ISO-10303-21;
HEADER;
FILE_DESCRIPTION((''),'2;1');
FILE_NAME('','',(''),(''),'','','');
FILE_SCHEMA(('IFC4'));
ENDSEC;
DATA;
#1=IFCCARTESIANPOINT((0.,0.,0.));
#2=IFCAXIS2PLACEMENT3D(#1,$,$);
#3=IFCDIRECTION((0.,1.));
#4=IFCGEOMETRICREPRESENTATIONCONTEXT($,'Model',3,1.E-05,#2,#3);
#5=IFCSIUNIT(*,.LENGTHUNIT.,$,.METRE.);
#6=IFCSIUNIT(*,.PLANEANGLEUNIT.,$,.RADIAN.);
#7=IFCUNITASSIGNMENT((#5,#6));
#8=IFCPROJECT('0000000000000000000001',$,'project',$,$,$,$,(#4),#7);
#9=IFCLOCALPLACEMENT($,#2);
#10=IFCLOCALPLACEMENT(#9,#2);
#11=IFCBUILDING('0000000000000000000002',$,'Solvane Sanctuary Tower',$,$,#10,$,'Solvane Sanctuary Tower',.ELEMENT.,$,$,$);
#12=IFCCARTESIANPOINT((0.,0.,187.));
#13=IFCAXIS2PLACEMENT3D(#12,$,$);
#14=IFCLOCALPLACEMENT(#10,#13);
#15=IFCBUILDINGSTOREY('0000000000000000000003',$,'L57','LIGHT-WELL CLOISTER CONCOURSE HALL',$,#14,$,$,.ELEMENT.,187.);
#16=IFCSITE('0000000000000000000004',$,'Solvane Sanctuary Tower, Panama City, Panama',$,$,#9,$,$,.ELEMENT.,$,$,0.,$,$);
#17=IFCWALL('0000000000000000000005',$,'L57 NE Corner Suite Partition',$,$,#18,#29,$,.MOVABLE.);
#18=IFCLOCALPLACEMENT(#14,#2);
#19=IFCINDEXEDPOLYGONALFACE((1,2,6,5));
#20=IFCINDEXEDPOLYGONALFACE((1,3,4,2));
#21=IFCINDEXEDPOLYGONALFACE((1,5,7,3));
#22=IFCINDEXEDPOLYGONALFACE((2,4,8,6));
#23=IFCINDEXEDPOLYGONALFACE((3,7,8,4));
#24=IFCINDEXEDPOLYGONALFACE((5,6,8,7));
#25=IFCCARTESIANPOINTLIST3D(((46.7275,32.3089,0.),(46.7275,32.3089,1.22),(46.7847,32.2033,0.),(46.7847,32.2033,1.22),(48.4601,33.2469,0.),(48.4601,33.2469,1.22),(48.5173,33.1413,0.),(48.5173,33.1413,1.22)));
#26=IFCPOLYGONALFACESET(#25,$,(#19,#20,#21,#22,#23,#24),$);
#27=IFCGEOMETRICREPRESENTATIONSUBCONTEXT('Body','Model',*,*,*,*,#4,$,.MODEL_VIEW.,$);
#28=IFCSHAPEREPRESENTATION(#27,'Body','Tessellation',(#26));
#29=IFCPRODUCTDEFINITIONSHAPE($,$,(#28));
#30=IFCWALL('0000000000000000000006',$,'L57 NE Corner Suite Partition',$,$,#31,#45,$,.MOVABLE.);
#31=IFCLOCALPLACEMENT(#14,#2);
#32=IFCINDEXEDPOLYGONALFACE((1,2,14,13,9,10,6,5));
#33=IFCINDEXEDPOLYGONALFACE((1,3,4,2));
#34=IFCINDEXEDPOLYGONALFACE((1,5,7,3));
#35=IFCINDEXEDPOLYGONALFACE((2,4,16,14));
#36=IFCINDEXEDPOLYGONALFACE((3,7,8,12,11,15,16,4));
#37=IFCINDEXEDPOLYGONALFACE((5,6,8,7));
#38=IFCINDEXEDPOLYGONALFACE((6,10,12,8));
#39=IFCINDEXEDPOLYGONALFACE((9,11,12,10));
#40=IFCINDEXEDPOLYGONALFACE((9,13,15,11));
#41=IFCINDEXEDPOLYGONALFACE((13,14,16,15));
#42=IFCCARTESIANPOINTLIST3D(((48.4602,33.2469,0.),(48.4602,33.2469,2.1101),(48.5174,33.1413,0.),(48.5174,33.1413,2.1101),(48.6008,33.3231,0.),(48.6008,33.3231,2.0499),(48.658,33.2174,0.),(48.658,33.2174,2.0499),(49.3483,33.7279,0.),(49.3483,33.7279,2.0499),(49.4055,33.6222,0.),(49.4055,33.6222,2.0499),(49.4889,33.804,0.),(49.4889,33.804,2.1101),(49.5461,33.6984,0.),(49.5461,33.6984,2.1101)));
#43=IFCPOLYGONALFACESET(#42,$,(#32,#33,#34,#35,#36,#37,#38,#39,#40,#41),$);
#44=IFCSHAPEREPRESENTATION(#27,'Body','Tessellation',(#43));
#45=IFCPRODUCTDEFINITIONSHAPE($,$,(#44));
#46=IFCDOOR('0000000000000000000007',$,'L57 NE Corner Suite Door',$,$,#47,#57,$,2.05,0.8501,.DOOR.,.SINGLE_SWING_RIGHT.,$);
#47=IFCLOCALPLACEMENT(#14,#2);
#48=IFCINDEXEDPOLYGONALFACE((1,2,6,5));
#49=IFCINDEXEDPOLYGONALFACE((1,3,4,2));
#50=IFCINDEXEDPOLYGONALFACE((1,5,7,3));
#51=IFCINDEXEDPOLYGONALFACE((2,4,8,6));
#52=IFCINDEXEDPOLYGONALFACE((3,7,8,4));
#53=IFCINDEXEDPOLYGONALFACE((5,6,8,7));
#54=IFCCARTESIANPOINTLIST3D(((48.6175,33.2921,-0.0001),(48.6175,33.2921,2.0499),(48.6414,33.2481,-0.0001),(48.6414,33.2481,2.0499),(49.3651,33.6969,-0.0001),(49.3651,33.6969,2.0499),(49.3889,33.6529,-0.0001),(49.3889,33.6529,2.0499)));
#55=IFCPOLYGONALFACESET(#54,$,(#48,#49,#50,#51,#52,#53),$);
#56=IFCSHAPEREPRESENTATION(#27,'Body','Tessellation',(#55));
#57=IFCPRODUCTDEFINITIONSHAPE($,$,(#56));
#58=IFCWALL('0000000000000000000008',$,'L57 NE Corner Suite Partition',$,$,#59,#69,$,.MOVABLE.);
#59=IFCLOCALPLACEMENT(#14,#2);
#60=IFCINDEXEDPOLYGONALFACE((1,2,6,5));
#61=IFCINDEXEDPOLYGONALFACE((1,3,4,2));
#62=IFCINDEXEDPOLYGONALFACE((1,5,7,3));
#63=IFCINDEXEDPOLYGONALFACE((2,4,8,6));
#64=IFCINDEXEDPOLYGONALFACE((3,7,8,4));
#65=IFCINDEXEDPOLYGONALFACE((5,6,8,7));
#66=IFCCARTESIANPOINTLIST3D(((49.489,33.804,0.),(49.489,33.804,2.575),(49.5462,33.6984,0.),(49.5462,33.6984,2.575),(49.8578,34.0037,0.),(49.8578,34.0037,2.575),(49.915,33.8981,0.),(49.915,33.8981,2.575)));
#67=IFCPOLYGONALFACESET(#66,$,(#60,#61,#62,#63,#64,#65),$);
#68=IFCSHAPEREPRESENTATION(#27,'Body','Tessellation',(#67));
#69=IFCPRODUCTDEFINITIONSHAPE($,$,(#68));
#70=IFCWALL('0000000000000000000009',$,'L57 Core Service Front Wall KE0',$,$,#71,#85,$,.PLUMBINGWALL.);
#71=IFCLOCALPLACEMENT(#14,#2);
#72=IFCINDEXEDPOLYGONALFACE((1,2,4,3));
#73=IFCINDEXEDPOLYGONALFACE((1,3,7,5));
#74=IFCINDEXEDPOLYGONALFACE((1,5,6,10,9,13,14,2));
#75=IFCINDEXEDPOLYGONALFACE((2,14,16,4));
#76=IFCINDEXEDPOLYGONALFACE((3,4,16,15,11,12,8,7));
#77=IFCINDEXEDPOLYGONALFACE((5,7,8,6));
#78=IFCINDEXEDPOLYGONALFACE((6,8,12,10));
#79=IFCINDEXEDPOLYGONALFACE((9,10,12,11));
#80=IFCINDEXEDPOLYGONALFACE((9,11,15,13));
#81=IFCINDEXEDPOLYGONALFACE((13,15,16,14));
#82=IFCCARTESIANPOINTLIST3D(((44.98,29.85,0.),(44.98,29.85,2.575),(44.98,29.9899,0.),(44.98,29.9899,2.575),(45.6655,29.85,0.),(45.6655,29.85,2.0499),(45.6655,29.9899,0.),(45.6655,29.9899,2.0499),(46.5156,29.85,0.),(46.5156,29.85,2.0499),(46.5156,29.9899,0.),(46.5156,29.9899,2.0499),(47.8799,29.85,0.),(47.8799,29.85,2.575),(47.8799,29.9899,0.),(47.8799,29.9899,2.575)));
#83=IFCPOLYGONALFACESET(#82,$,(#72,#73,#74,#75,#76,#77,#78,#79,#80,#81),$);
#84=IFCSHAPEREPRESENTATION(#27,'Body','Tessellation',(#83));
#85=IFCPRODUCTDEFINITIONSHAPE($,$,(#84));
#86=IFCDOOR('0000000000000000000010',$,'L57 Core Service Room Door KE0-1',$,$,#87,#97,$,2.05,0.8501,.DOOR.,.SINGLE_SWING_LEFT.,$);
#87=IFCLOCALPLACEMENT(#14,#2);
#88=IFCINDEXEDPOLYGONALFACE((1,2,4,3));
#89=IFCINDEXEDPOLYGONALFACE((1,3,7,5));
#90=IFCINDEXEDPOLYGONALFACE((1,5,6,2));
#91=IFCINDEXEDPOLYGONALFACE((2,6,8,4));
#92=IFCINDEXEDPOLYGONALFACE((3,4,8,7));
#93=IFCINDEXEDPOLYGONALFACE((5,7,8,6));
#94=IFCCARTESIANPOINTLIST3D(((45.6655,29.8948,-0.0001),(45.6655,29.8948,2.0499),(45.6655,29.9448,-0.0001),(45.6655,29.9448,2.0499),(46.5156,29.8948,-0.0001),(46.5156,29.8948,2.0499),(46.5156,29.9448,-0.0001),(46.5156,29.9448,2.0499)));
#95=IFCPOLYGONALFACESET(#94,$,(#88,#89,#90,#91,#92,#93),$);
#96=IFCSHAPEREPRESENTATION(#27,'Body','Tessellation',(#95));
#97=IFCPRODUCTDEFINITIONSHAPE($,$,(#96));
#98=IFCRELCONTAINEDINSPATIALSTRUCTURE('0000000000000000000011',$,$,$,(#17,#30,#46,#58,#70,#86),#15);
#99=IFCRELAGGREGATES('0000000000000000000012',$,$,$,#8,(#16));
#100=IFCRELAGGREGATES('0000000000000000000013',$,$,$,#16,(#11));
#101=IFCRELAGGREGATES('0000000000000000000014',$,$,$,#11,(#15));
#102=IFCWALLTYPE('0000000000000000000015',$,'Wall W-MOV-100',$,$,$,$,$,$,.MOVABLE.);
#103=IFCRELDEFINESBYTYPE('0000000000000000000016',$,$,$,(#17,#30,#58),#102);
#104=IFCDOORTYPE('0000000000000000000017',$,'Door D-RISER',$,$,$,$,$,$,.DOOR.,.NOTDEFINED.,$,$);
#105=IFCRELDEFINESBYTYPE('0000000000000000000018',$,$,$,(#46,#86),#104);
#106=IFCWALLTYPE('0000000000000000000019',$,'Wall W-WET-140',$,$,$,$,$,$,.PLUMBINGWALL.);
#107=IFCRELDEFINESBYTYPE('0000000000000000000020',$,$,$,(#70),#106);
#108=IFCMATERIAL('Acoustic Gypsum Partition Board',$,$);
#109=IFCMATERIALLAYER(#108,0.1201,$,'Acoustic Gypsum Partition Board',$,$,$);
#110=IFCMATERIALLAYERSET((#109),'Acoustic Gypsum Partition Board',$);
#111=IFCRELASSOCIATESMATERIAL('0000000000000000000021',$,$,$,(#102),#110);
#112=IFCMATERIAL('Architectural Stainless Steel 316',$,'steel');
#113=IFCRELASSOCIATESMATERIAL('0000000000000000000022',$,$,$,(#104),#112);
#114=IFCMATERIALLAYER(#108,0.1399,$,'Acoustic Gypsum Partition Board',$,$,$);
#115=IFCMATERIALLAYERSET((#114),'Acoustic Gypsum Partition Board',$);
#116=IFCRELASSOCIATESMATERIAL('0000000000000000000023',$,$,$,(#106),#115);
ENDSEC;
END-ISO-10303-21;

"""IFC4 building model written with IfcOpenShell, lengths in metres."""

from ifc_helpers import new_model, si_unit, direction, frame, frame_2d, origin, place, context, subcontext, project, spatial, rectangle, extrude, material, layer, layer_set, type_object, element, fill, save


model = new_model("IFC4")

# Units and contexts
model_context = context("Model", 3, precision=1e-05, world=origin(), true_north=direction((0.0, 1.0)))
body_context = subcontext(model_context, "Body", "Model", "MODEL_VIEW")
ifc_project = project(units=[si_unit("LENGTHUNIT", "METRE"), si_unit("PLANEANGLEUNIT", "RADIAN")], contexts=[model_context])

# Site, building, storey
site_placement = place(None, origin())
site = spatial("IfcSite", under=ifc_project, at=site_placement, Name="Solvane Sanctuary Tower, Panama City, Panama", CompositionType="ELEMENT", RefElevation=0.0)
building_placement = place(site_placement, origin())
building = spatial("IfcBuilding", under=site, at=building_placement, Name="Solvane Sanctuary Tower", LongName="Solvane Sanctuary Tower", CompositionType="ELEMENT")
storey_placement = place(building_placement, frame((0.0, 0.0, 187.0)))
storey = spatial("IfcBuildingStorey", under=building, at=storey_placement, Name="L57", Description="LIGHT-WELL CLOISTER CONCOURSE HALL", CompositionType="ELEMENT", Elevation=187.0)

# Shared definitions
ifc_material_1 = material(Name="Acoustic Gypsum Partition Board")

# Wall
ifc_layer_1 = layer(ifc_material_1, 0.1201, Name="Acoustic Gypsum Partition Board")
ifc_layer_set_1 = layer_set([ifc_layer_1], Name="Acoustic Gypsum Partition Board")
wall_type_1 = type_object("IfcWallType", Name="Wall W-MOV-100", PredefinedType="MOVABLE", material=ifc_layer_set_1)
wall_1_placement = place(storey_placement, frame((46.7561, 32.2561, 0.0), z_axis=(0.0, 0.0, 1.0), x_axis=(0.879407, 0.476072, 0.0)))
element("IfcWall", 1, at=wall_1_placement, inside=storey, type_object=wall_type_1, Name="L57 NE Corner Suite Partition", PredefinedType="MOVABLE", context=body_context, shape_type="SweptSolid", body=[
    extrude(rectangle(XDim=1.9702, YDim=0.1201, at=frame_2d((0.9851, 0.0))), origin(), (0.0, 0.0, 1.0), 1.22),
])

# Wall, opening, door
wall_2_placement = place(storey_placement, frame((48.4888, 33.1941, 0.0), z_axis=(0.0, 0.0, 1.0), x_axis=(0.879343, 0.476189, 0.0)))
wall_2 = element("IfcWall", 2, at=wall_2_placement, inside=storey, type_object=wall_type_1, Name="L57 NE Corner Suite Partition", PredefinedType="MOVABLE", context=body_context, shape_type="SweptSolid", body=[
    extrude(rectangle(XDim=1.1699, YDim=0.1201, at=frame_2d((0.585, 0.0))), origin(), (0.0, 0.0, 1.0), 2.1101),
])
opening_1_placement = place(wall_2_placement, frame((0.1599, 0.0, 0.0)))
opening_1 = element("IfcOpeningElement", 3, at=opening_1_placement, cuts=wall_2, PredefinedType="OPENING", context=body_context, shape_type="SweptSolid", body=[
    extrude(rectangle(XDim=0.8501, YDim=2.05, at=frame_2d((0.425, 1.0249))), frame((0.0, 0.0701, 0.0), z_axis=(0.0, -1.0, 0.0), x_axis=(1.0, 0.0, 0.0)), (0.0, 0.0, 1.0), 0.1401),
])
ifc_material_2 = material(Name="Architectural Stainless Steel 316", Category="steel")
door_type_1 = type_object("IfcDoorType", Name="Door D-RISER", OperationType="NOTDEFINED", PredefinedType="DOOR", material=ifc_material_2)
door_1_placement = place(opening_1_placement, origin())
door_1 = element("IfcDoor", 4, at=door_1_placement, inside=storey, type_object=door_type_1, Name="L57 NE Corner Suite Door", OperationType="SINGLE_SWING_RIGHT", OverallHeight=2.05, OverallWidth=0.8501, PredefinedType="DOOR", context=body_context, shape_type="SweptSolid", body=[
    extrude(rectangle(XDim=0.8501, YDim=2.05, at=frame_2d((0.425, 1.0249))), frame((0.0, 0.0249, 0.0), z_axis=(0.0, -1.0, 0.0), x_axis=(1.0, 0.0, 0.0)), (0.0, 0.0, 1.0), 0.05),
])
fill(opening_1, door_1)

# Wall
wall_3_placement = place(storey_placement, frame((49.5176, 33.7512, 0.0), z_axis=(0.0, 0.0, 1.0), x_axis=(0.879404, 0.476077, 0.0)))
element("IfcWall", 5, at=wall_3_placement, inside=storey, type_object=wall_type_1, Name="L57 NE Corner Suite Partition", PredefinedType="MOVABLE", context=body_context, shape_type="SweptSolid", body=[
    extrude(rectangle(XDim=0.4194, YDim=0.1201, at=frame_2d((0.2097, 0.0))), origin(), (0.0, 0.0, 1.0), 2.575),
])

# Wall, opening, door
ifc_layer_2 = layer(ifc_material_1, 0.1399, Name="Acoustic Gypsum Partition Board")
ifc_layer_set_2 = layer_set([ifc_layer_2], Name="Acoustic Gypsum Partition Board")
wall_type_2 = type_object("IfcWallType", Name="Wall W-WET-140", PredefinedType="PLUMBINGWALL", material=ifc_layer_set_2)
wall_4_placement = place(storey_placement, frame((44.98, 29.9199, 0.0), z_axis=(0.0, 0.0, 1.0), x_axis=(1.0, 0.0, 0.0)))
wall_4 = element("IfcWall", 6, at=wall_4_placement, inside=storey, type_object=wall_type_2, Name="L57 Core Service Front Wall KE0", PredefinedType="PLUMBINGWALL", context=body_context, shape_type="SweptSolid", body=[
    extrude(rectangle(XDim=2.8999, YDim=0.1399, at=frame_2d((1.45, 0.0))), origin(), (0.0, 0.0, 1.0), 2.575),
])
opening_2_placement = place(wall_4_placement, frame((0.6855, 0.0, 0.0)))
opening_2 = element("IfcOpeningElement", 7, at=opening_2_placement, cuts=wall_4, PredefinedType="OPENING", context=body_context, shape_type="SweptSolid", body=[
    extrude(rectangle(XDim=0.8501, YDim=2.05, at=frame_2d((0.425, 1.0249))), frame((0.0, 0.0798, 0.0), z_axis=(0.0, -1.0, 0.0), x_axis=(1.0, 0.0, 0.0)), (0.0, 0.0, 1.0), 0.1599),
])
door_2_placement = place(opening_2_placement, origin())
door_2 = element("IfcDoor", 8, at=door_2_placement, inside=storey, type_object=door_type_1, Name="L57 Core Service Room Door KE0-1", OperationType="SINGLE_SWING_LEFT", OverallHeight=2.05, OverallWidth=0.8501, PredefinedType="DOOR", context=body_context, shape_type="SweptSolid", body=[
    extrude(rectangle(XDim=0.8501, YDim=2.05, at=frame_2d((0.425, 1.0249))), frame((0.0, 0.0249, 0.0), z_axis=(0.0, -1.0, 0.0), x_axis=(1.0, 0.0, 0.0)), (0.0, 0.0, 1.0), 0.05),
])
fill(opening_2, door_2)

save(model, "model.ifc")
